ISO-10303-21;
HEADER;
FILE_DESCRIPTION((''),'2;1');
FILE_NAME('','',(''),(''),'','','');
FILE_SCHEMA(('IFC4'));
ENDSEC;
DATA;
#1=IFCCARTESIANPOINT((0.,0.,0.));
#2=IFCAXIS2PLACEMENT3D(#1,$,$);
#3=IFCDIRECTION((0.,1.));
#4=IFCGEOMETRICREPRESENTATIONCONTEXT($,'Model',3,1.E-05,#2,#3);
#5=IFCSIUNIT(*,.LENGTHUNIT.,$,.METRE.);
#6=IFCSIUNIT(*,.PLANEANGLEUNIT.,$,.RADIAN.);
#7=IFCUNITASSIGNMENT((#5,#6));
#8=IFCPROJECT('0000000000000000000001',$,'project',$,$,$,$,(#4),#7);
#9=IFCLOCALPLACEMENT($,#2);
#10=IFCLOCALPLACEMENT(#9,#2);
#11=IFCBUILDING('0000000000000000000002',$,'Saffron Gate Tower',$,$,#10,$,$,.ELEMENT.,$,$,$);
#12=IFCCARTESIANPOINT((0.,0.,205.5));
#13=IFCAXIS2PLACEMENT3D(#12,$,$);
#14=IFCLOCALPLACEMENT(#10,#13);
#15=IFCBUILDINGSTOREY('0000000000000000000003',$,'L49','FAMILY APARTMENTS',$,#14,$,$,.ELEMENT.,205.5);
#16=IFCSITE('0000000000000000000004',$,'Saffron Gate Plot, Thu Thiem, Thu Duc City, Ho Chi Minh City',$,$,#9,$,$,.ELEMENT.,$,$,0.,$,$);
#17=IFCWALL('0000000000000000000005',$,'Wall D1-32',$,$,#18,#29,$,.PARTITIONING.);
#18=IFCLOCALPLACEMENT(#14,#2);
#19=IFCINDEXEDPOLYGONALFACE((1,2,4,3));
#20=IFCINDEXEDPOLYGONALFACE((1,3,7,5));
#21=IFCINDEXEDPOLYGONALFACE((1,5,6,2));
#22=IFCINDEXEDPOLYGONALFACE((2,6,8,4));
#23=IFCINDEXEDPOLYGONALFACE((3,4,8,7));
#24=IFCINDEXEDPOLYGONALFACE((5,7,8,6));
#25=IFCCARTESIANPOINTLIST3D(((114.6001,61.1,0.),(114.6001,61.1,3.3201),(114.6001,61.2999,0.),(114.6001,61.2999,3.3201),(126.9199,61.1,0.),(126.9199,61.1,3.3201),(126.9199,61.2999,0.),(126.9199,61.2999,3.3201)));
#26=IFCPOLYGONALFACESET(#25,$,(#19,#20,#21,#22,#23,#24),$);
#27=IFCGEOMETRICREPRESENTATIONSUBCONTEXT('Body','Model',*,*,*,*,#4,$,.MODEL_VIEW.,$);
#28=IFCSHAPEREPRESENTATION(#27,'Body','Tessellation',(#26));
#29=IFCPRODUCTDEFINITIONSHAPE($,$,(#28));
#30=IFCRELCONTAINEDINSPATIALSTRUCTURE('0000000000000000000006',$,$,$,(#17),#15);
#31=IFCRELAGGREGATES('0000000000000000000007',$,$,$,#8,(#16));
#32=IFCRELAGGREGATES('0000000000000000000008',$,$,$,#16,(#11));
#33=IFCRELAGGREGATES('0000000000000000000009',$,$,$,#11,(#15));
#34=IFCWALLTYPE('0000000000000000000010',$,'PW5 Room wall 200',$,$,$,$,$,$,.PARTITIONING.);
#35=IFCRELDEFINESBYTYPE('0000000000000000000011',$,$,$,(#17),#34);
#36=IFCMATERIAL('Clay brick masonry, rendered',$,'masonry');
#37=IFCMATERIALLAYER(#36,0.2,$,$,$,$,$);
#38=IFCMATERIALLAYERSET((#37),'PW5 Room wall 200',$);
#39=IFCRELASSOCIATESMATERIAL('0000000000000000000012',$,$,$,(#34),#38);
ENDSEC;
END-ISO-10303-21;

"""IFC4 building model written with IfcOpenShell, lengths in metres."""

from ifc_helpers import new_model, si_unit, direction, frame, frame_2d, origin, place, context, subcontext, project, spatial, rectangle, extrude, material, layer, layer_set, type_object, element, save


model = new_model("IFC4")

# Units and contexts
model_context = context("Model", 3, precision=1e-05, world=origin(), true_north=direction((0.0, 1.0)))
body_context = subcontext(model_context, "Body", "Model", "MODEL_VIEW")
ifc_project = project(units=[si_unit("LENGTHUNIT", "METRE"), si_unit("PLANEANGLEUNIT", "RADIAN")], contexts=[model_context])

# Site, building, storey
site_placement = place(None, origin())
site = spatial("IfcSite", under=ifc_project, at=site_placement, Name="Saffron Gate Plot, Thu Thiem, Thu Duc City, Ho Chi Minh City", CompositionType="ELEMENT", RefElevation=0.0)
building_placement = place(site_placement, origin())
building = spatial("IfcBuilding", under=site, at=building_placement, Name="Saffron Gate Tower", CompositionType="ELEMENT")
storey_placement = place(building_placement, frame((0.0, 0.0, 205.5)))
storey = spatial("IfcBuildingStorey", under=building, at=storey_placement, Name="L49", Description="FAMILY APARTMENTS", CompositionType="ELEMENT", Elevation=205.5)

# Shared definitions
ifc_material_1 = material(Name="Clay brick masonry, rendered", Category="masonry")

# Wall
ifc_layer_1 = layer(ifc_material_1, 0.2)
ifc_layer_set_1 = layer_set([ifc_layer_1], Name="PW5 Room wall 200")
wall_type_1 = type_object("IfcWallType", Name="PW5 Room wall 200", PredefinedType="PARTITIONING", material=ifc_layer_set_1)
wall_1_placement = place(storey_placement, frame((114.6001, 61.2, 0.0), z_axis=(0.0, 0.0, 1.0), x_axis=(1.0, 0.0, 0.0)))
element("IfcWall", 1, at=wall_1_placement, inside=storey, type_object=wall_type_1, Name="Wall D1-32", PredefinedType="PARTITIONING", context=body_context, shape_type="SweptSolid", body=[
    extrude(rectangle(XDim=12.3198, YDim=0.2, at=frame_2d((6.1599, 0.0))), origin(), (0.0, 0.0, 1.0), 3.3201),
])

save(model, "model.ifc")
